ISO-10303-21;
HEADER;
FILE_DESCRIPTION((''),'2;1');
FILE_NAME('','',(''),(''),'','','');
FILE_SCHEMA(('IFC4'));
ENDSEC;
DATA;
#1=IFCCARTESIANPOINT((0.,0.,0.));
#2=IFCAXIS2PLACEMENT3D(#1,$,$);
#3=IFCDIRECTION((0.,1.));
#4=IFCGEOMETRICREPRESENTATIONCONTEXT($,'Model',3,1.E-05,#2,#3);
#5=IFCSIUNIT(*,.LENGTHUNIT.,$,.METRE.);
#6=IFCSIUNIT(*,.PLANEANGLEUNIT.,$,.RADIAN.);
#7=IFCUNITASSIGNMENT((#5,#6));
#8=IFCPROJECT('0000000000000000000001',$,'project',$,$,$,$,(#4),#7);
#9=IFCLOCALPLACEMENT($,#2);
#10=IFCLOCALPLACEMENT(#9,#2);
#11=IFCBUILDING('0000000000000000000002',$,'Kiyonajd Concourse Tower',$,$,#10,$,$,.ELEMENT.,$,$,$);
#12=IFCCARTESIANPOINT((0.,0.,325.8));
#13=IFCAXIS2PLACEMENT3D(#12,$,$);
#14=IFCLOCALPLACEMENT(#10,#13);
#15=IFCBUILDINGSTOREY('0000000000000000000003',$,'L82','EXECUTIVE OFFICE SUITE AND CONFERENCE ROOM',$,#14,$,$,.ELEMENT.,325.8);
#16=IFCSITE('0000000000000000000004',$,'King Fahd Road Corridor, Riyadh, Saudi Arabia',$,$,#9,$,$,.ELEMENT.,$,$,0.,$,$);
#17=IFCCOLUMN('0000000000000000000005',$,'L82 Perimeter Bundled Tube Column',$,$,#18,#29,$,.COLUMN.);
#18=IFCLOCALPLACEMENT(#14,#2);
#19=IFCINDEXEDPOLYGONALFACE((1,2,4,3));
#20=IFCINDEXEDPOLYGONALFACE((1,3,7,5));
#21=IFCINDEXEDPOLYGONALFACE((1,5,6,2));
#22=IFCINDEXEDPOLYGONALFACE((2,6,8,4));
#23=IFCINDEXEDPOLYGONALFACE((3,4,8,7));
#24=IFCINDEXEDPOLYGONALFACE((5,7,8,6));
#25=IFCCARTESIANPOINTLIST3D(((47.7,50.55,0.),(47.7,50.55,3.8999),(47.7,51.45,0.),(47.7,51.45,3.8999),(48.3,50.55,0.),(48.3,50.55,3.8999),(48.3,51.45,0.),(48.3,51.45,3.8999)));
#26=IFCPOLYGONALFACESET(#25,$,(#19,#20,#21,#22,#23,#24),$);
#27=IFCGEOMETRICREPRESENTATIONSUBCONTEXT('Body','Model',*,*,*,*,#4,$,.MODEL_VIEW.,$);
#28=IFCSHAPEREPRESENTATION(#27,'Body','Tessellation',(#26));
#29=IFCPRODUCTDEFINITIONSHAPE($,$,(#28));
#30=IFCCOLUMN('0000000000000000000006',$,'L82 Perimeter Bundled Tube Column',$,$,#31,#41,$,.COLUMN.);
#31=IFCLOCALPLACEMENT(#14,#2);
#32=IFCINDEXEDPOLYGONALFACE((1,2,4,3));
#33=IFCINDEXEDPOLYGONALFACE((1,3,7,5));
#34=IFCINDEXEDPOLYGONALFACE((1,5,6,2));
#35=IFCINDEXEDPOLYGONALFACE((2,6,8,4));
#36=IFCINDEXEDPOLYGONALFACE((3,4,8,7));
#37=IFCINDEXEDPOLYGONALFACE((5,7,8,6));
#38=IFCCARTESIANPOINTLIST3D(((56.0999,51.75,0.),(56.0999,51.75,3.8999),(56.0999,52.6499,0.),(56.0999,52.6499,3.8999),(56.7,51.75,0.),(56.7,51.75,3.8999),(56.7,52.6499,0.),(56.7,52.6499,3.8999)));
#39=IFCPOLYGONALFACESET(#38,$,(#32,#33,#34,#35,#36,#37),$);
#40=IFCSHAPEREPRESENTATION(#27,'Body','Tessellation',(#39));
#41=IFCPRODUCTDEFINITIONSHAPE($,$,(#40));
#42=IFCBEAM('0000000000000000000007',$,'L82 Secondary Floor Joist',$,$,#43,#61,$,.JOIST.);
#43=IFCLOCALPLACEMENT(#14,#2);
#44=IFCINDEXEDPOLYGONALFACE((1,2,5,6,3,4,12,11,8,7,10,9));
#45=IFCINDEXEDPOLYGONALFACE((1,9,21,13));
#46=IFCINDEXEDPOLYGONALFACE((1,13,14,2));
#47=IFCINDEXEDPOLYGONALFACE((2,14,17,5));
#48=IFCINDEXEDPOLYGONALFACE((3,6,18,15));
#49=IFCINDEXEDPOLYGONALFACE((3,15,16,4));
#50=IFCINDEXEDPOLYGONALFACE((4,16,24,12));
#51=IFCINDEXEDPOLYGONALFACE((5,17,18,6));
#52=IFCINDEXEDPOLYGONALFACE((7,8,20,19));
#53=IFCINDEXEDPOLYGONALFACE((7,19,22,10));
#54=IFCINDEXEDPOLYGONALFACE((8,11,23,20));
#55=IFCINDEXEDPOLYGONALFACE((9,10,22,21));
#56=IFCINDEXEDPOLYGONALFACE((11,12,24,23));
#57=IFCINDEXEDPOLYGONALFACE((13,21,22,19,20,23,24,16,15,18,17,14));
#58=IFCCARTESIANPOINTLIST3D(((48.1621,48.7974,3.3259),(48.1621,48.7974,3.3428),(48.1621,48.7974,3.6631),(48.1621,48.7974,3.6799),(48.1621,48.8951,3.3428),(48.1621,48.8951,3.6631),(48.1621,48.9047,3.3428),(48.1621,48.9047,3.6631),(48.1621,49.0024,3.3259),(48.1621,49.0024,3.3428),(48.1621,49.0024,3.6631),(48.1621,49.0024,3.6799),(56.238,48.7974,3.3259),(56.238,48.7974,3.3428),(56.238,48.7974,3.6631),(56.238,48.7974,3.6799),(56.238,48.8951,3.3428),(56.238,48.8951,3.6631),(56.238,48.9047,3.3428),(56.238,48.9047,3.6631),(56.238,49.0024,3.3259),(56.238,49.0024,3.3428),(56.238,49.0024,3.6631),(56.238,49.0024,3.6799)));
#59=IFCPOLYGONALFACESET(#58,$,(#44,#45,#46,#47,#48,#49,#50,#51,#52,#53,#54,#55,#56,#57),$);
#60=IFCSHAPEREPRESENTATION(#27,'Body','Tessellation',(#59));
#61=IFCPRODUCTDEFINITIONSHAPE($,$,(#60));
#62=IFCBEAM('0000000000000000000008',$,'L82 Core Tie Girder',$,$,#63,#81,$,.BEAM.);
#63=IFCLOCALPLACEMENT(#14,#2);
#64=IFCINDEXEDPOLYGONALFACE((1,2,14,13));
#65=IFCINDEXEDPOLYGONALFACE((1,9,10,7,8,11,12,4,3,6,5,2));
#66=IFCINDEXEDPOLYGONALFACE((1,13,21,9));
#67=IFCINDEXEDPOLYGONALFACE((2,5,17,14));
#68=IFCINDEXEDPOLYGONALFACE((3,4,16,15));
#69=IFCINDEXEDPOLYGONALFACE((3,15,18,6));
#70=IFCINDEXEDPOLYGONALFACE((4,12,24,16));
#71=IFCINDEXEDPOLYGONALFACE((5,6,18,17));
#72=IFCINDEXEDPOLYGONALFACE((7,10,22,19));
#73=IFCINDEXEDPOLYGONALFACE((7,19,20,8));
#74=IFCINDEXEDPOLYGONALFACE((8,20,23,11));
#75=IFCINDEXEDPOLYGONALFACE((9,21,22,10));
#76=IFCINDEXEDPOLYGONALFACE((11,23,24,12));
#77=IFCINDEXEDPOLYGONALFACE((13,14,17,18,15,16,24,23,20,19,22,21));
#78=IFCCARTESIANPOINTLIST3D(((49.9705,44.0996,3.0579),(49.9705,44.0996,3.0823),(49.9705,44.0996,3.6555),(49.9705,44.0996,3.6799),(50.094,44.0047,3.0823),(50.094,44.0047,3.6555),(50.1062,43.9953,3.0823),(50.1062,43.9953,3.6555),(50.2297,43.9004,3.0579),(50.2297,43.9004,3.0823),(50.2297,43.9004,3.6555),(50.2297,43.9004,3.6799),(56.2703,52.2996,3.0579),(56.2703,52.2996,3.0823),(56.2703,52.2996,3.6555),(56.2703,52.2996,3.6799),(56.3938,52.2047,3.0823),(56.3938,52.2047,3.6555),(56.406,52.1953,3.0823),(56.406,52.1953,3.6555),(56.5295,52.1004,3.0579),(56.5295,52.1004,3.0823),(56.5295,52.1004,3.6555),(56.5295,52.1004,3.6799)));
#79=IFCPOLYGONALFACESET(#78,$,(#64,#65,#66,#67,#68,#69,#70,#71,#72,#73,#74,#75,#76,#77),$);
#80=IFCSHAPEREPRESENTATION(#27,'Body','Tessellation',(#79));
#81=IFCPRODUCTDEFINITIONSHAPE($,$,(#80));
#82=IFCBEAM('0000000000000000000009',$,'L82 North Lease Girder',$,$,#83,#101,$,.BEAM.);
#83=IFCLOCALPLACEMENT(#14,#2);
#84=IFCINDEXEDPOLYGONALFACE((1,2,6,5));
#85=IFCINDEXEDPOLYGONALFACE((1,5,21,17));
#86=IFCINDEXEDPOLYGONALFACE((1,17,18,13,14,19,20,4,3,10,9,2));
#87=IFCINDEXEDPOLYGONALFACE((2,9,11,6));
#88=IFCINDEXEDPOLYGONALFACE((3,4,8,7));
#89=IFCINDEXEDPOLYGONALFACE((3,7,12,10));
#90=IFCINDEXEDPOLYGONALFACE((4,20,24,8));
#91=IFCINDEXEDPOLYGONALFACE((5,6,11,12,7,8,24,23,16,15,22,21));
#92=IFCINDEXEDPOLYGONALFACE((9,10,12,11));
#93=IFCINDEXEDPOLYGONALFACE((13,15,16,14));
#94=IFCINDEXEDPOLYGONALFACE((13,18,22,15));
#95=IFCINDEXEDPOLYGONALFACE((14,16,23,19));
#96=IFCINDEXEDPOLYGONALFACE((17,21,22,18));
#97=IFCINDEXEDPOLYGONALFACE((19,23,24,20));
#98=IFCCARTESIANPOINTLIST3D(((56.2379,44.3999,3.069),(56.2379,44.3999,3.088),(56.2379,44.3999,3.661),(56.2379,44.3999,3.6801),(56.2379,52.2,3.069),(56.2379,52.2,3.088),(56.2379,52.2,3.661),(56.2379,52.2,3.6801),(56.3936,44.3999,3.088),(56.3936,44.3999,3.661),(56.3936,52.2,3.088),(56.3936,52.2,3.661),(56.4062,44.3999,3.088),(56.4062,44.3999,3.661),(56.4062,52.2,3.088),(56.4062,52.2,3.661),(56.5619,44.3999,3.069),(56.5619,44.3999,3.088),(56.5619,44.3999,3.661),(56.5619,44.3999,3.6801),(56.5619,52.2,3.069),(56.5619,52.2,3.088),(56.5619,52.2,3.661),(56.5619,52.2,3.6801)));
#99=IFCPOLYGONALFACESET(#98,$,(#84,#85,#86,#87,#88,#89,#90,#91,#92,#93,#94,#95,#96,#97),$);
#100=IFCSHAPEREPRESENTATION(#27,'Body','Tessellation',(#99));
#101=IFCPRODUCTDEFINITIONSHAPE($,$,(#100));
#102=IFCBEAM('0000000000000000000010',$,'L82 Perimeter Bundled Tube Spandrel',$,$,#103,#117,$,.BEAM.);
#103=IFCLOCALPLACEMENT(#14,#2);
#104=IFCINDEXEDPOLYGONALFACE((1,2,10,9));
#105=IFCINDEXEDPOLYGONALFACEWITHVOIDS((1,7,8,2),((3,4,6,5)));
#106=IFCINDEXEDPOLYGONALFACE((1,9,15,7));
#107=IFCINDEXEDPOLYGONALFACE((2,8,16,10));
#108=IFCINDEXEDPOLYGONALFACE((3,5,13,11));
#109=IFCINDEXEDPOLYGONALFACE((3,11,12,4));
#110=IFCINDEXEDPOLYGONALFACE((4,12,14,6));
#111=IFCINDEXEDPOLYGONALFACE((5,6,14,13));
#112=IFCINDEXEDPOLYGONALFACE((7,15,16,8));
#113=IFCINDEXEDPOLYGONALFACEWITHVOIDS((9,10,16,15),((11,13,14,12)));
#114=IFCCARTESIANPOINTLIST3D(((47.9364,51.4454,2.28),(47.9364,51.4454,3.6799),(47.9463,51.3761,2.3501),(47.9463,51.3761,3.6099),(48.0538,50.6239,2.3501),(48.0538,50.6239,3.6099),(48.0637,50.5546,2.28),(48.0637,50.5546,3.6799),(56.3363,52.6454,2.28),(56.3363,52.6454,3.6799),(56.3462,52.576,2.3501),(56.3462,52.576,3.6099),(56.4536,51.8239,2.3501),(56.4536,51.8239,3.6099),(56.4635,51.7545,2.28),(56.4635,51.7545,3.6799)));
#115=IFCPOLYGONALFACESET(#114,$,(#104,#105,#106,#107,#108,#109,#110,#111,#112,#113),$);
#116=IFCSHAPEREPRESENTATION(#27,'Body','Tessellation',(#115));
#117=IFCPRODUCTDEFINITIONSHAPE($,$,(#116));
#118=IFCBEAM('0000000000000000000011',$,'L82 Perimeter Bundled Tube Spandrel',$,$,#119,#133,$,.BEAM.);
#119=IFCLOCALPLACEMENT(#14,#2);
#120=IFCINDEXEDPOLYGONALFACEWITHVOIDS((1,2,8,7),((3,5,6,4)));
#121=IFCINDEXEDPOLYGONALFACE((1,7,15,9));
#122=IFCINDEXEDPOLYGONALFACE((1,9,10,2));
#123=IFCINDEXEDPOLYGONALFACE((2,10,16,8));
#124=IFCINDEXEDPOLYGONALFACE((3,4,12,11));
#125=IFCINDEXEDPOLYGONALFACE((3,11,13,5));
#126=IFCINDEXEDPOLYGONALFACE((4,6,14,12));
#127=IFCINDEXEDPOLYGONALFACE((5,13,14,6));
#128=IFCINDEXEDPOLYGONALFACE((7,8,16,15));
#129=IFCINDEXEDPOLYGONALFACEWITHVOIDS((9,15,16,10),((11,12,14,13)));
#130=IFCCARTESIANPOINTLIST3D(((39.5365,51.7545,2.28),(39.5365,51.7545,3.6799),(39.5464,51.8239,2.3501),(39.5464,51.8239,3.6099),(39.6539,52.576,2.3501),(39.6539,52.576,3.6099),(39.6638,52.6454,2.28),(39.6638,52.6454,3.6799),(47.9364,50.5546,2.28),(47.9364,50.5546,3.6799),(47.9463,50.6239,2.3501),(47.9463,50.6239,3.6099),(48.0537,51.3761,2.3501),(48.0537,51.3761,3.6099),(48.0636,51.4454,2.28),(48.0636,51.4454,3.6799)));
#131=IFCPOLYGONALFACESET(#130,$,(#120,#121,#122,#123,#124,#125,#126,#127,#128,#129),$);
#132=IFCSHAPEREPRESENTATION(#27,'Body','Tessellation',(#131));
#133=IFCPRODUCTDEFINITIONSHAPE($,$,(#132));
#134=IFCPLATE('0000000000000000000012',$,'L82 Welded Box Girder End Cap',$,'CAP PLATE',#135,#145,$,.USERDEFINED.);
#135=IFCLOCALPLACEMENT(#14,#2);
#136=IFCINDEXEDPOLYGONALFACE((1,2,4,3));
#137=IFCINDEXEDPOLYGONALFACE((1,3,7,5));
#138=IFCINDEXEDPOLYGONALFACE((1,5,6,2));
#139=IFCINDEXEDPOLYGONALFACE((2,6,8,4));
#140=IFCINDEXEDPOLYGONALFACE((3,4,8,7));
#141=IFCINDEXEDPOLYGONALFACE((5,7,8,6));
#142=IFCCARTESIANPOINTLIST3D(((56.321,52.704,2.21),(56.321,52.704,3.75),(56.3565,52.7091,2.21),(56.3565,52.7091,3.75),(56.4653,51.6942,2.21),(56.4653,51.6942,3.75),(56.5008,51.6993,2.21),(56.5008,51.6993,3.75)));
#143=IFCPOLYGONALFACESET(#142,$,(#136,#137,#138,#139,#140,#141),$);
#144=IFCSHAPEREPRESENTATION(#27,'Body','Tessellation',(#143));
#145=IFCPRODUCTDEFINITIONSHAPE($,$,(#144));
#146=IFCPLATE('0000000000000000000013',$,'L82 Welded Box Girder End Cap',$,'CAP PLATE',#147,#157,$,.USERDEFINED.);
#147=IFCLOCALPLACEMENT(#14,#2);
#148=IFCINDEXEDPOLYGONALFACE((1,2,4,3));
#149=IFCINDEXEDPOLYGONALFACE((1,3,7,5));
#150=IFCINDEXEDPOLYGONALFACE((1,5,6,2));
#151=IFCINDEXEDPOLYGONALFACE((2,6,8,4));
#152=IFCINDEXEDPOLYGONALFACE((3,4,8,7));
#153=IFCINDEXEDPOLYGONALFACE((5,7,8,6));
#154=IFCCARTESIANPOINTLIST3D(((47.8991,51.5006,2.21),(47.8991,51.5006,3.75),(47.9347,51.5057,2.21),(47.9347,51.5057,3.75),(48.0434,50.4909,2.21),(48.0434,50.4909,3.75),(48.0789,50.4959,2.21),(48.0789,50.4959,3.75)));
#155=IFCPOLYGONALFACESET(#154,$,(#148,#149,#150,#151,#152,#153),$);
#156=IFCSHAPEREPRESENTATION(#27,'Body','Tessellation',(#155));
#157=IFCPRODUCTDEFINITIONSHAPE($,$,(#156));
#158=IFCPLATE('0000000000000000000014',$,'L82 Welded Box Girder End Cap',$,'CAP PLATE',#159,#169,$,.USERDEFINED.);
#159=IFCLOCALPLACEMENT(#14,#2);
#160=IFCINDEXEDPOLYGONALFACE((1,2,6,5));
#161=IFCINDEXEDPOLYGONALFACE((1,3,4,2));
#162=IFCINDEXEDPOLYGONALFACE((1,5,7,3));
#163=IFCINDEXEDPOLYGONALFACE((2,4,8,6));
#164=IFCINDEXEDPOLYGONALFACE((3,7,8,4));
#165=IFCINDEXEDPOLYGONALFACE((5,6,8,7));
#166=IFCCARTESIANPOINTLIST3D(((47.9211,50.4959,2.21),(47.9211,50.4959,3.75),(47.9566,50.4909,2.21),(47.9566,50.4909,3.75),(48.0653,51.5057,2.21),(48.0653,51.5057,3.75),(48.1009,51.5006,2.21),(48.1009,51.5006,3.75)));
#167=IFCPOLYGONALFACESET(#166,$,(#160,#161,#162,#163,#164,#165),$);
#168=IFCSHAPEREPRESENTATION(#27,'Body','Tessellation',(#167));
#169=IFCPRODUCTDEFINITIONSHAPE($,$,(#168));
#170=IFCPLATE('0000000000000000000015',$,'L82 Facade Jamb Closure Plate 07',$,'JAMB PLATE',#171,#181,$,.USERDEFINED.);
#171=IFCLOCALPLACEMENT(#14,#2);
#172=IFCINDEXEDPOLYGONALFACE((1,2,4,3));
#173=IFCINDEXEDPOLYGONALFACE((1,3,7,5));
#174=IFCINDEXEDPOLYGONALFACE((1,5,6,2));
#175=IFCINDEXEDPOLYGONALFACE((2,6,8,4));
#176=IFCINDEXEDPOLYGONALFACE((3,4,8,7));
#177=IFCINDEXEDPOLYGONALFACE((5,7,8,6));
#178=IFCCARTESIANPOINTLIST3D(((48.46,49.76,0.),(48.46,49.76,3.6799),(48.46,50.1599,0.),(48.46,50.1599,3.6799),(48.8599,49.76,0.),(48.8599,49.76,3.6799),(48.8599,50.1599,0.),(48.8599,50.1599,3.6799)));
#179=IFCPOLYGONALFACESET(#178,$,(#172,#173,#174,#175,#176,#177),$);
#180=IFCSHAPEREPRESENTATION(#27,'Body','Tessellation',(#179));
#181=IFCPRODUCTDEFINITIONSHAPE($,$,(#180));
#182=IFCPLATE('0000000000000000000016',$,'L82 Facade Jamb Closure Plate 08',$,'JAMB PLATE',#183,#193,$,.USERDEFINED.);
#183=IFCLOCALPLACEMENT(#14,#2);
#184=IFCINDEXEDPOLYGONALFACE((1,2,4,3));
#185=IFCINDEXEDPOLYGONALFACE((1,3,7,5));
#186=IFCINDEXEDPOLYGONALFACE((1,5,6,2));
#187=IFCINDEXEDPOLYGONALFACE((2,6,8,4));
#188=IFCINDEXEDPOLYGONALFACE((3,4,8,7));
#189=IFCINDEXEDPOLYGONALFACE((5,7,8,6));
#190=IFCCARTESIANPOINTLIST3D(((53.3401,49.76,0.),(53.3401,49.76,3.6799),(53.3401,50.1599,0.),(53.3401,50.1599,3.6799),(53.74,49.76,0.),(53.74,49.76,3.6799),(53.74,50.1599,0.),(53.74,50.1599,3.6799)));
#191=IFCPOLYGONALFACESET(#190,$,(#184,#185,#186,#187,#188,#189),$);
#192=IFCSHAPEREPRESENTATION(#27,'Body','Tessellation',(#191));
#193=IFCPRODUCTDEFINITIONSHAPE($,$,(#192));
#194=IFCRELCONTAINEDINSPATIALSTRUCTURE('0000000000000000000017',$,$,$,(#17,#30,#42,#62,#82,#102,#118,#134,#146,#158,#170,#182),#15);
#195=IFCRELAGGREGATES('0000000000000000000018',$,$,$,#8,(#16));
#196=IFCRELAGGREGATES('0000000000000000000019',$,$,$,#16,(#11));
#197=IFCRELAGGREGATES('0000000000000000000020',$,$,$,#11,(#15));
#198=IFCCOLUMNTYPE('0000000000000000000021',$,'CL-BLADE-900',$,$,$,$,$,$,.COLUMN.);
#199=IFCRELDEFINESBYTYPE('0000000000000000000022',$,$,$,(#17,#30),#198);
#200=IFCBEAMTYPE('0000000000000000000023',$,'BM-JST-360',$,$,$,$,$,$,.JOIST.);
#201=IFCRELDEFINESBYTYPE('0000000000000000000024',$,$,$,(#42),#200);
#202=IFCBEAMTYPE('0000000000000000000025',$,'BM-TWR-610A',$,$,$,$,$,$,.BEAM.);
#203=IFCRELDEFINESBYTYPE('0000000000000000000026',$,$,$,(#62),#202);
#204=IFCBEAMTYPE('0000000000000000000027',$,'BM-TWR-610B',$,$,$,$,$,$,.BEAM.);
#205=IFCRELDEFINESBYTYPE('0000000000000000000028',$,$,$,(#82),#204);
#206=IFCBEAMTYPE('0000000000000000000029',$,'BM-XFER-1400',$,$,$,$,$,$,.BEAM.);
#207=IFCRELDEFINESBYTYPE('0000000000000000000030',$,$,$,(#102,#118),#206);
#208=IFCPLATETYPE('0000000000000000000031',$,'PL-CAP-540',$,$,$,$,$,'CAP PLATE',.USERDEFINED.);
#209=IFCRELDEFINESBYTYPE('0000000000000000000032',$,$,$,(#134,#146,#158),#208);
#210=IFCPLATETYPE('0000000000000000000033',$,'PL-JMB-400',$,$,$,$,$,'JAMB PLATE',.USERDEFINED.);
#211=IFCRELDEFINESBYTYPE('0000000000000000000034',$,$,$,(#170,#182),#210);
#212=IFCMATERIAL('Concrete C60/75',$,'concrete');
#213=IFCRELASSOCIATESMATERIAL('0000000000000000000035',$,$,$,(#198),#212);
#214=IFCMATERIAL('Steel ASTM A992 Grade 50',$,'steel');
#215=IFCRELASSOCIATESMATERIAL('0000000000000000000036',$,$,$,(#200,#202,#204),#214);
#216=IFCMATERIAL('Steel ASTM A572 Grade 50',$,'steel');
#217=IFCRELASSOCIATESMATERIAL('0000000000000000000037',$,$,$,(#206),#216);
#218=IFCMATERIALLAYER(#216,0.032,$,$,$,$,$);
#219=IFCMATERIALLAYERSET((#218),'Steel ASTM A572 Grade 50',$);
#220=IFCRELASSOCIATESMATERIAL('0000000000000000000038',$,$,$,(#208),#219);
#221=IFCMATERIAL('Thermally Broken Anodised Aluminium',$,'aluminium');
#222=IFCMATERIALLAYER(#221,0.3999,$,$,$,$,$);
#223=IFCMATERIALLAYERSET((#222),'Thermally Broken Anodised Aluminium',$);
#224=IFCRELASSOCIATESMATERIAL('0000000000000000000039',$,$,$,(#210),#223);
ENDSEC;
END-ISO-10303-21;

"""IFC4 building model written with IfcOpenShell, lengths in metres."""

from ifc_helpers import new_model, si_unit, direction, frame, origin, origin_2d, place, context, subcontext, project, spatial, rectangle, hollow_rectangle, i_section, extrude, material, layer, layer_set, material_profile, profile_set, type_object, element, save


model = new_model("IFC4")

# Units and contexts
model_context = context("Model", 3, precision=1e-05, world=origin(), true_north=direction((0.0, 1.0)))
body_context = subcontext(model_context, "Body", "Model", "MODEL_VIEW")
ifc_project = project(units=[si_unit("LENGTHUNIT", "METRE"), si_unit("PLANEANGLEUNIT", "RADIAN")], contexts=[model_context])

# Site, building, storey
site_placement = place(None, origin())
site = spatial("IfcSite", under=ifc_project, at=site_placement, Name="King Fahd Road Corridor, Riyadh, Saudi Arabia", CompositionType="ELEMENT", RefElevation=0.0)
building_placement = place(site_placement, origin())
building = spatial("IfcBuilding", under=site, at=building_placement, Name="Kiyonajd Concourse Tower", CompositionType="ELEMENT")
storey_placement = place(building_placement, frame((0.0, 0.0, 325.8)))
storey = spatial("IfcBuildingStorey", under=building, at=storey_placement, Name="L82", Description="EXECUTIVE OFFICE SUITE AND CONFERENCE ROOM", CompositionType="ELEMENT", Elevation=325.8)

# Columns
ifc_material_1 = material(Name="Concrete C60/75", Category="concrete")
ifc_material_profile_1 = material_profile(ifc_material_1, rectangle(XDim=0.6001, YDim=0.8999, at=origin_2d()), Name="RC-900x600")
ifc_profile_set_1 = profile_set([ifc_material_profile_1], Name="Concrete C60/75")
column_type = type_object("IfcColumnType", Name="CL-BLADE-900", PredefinedType="COLUMN", material=ifc_profile_set_1)
for number, where, z_axis, x_axis, name in (
    (1, (48.0, 51.0, 0.0), (0.0, 0.0, 1.0), (1.0, 0.0, 0.0), "L82 Perimeter Bundled Tube Column"),
    (2, (56.3999, 52.2, 0.0), (0.0, 0.0, 1.0), (1.0, 0.0, 0.0), "L82 Perimeter Bundled Tube Column"),
):
    element("IfcColumn", number, at=place(storey_placement, frame(where, z_axis=z_axis, x_axis=x_axis)), inside=storey, type_object=column_type, Name=name, PredefinedType="COLUMN", context=body_context, shape_type="SweptSolid", body=[
        extrude(rectangle(XDim=0.6001, YDim=0.8999, at=origin_2d()), origin(), (0.0, 0.0, 1.0), 3.8999),
    ])

# Beams
ifc_material_2 = material(Name="Steel ASTM A992 Grade 50", Category="steel")
ifc_material_profile_2 = material_profile(ifc_material_2, i_section(OverallWidth=0.2051, OverallDepth=0.354, WebThickness=0.0095, FlangeThickness=0.0168, at=origin_2d()), Name="W360X79")
ifc_profile_set_2 = profile_set([ifc_material_profile_2], Name="Steel ASTM A992 Grade 50")
beam_type_1 = type_object("IfcBeamType", Name="BM-JST-360", PredefinedType="JOIST", material=ifc_profile_set_2)
beam_1_placement = place(storey_placement, frame((48.1621, 48.8999, 3.5029), z_axis=(1.0, 0.0, 0.0), x_axis=(0.0, 1.0, 0.0)))
element("IfcBeam", 3, at=beam_1_placement, inside=storey, type_object=beam_type_1, Name="L82 Secondary Floor Joist", PredefinedType="JOIST", context=body_context, shape_type="SweptSolid", body=[
    extrude(i_section(OverallWidth=0.2051, OverallDepth=0.354, WebThickness=0.0095, FlangeThickness=0.0168, at=origin_2d()), origin(), (0.0, 0.0, 1.0), 8.0759),
])
ifc_material_profile_3 = material_profile(ifc_material_2, i_section(OverallWidth=0.3269, OverallDepth=0.6221, WebThickness=0.0154, FlangeThickness=0.0244, at=origin_2d()), Name="W610X195")
ifc_profile_set_3 = profile_set([ifc_material_profile_3], Name="Steel ASTM A992 Grade 50")
beam_type_2 = type_object("IfcBeamType", Name="BM-TWR-610A", PredefinedType="BEAM", material=ifc_profile_set_3)
beam_2_placement = place(storey_placement, frame((50.1001, 44.0, 3.3689), z_axis=(0.609234, 0.792991, 0.0), x_axis=(-0.792991, 0.609234, 0.0)))
element("IfcBeam", 4, at=beam_2_placement, inside=storey, type_object=beam_type_2, Name="L82 Core Tie Girder", PredefinedType="BEAM", context=body_context, shape_type="SweptSolid", body=[
    extrude(i_section(OverallWidth=0.3269, OverallDepth=0.6221, WebThickness=0.0154, FlangeThickness=0.0244, at=origin_2d()), origin(), (0.0, 0.0, 1.0), 10.3406),
])
ifc_material_profile_4 = material_profile(ifc_material_2, i_section(OverallWidth=0.324, OverallDepth=0.6111, WebThickness=0.0127, FlangeThickness=0.019, at=origin_2d()), Name="W610X155")
ifc_profile_set_4 = profile_set([ifc_material_profile_4], Name="Steel ASTM A992 Grade 50")
beam_type_3 = type_object("IfcBeamType", Name="BM-TWR-610B", PredefinedType="BEAM", material=ifc_profile_set_4)
beam_3_placement = place(storey_placement, frame((56.3999, 44.3999, 3.3745), z_axis=(0.0, 1.0, 0.0), x_axis=(-1.0, 0.0, 0.0)))
element("IfcBeam", 5, at=beam_3_placement, inside=storey, type_object=beam_type_3, Name="L82 North Lease Girder", PredefinedType="BEAM", context=body_context, shape_type="SweptSolid", body=[
    extrude(i_section(OverallWidth=0.324, OverallDepth=0.6111, WebThickness=0.0127, FlangeThickness=0.019, at=origin_2d()), origin(), (0.0, 0.0, 1.0), 7.8),
])
ifc_material_3 = material(Name="Steel ASTM A572 Grade 50", Category="steel")
ifc_material_profile_5 = material_profile(ifc_material_3, hollow_rectangle(XDim=0.8999, YDim=1.3999, WallThickness=0.0701, at=origin_2d()), Name="BOX-1400x900x70")
ifc_profile_set_5 = profile_set([ifc_material_profile_5], Name="Steel ASTM A572 Grade 50")
beam_type_4 = type_object("IfcBeamType", Name="BM-XFER-1400", PredefinedType="BEAM", material=ifc_profile_set_5)
for number, where, z_axis, x_axis, name in (
    (6, (56.3999, 52.2, 2.98), (-0.98995, -0.141417, 0.0), (0.141417, -0.98995, 0.0), "L82 Perimeter Bundled Tube Spandrel"),
    (7, (48.0, 51.0, 2.98), (-0.98995, 0.141417, 0.0), (-0.141417, -0.98995, 0.0), "L82 Perimeter Bundled Tube Spandrel"),
):
    element("IfcBeam", number, at=place(storey_placement, frame(where, z_axis=z_axis, x_axis=x_axis)), inside=storey, type_object=beam_type_4, Name=name, PredefinedType="BEAM", context=body_context, shape_type="SweptSolid", body=[
        extrude(hollow_rectangle(XDim=0.8999, YDim=1.3999, WallThickness=0.0701, at=origin_2d()), origin(), (0.0, 0.0, 1.0), 8.4851),
    ])

# Plates
ifc_layer_1 = layer(ifc_material_3, 0.032)
ifc_layer_set_1 = layer_set([ifc_layer_1], Name="Steel ASTM A572 Grade 50")
plate_type_1 = type_object("IfcPlateType", Name="PL-CAP-540", ElementType="CAP PLATE", PredefinedType="USERDEFINED", material=ifc_layer_set_1)
for number, where, z_axis, x_axis, name in (
    (8, (56.4109, 52.2017, 2.21), (0.0, 0.0, 1.0), (0.98995, 0.14142, 0.0), "L82 Welded Box Girder End Cap"),
    (9, (47.989, 50.9983, 2.21), (0.0, 0.0, 1.0), (-0.98995, -0.14142, 0.0), "L82 Welded Box Girder End Cap"),
    (10, (48.011, 50.9983, 2.21), (0.0, 0.0, 1.0), (0.98995, -0.14142, 0.0), "L82 Welded Box Girder End Cap"),
):
    element("IfcPlate", number, at=place(storey_placement, frame(where, z_axis=z_axis, x_axis=x_axis)), inside=storey, type_object=plate_type_1, Name=name, ObjectType="CAP PLATE", PredefinedType="USERDEFINED", context=body_context, shape_type="SweptSolid", body=[
        extrude(rectangle(XDim=0.0359, YDim=1.02, at=origin_2d()), origin(), (0.0, 0.0, 1.0), 1.54),
    ])
ifc_material_4 = material(Name="Thermally Broken Anodised Aluminium", Category="aluminium")
ifc_layer_2 = layer(ifc_material_4, 0.3999)
ifc_layer_set_2 = layer_set([ifc_layer_2], Name="Thermally Broken Anodised Aluminium")
plate_type_2 = type_object("IfcPlateType", Name="PL-JMB-400", ElementType="JAMB PLATE", PredefinedType="USERDEFINED", material=ifc_layer_set_2)
for number, where, z_axis, x_axis, name in (
    (11, (48.6599, 49.96, 0.0), (0.0, 0.0, 1.0), (1.0, 0.0, 0.0), "L82 Facade Jamb Closure Plate 07"),
    (12, (53.54, 49.96, 0.0), (0.0, 0.0, 1.0), (1.0, 0.0, 0.0), "L82 Facade Jamb Closure Plate 08"),
):
    element("IfcPlate", number, at=place(storey_placement, frame(where, z_axis=z_axis, x_axis=x_axis)), inside=storey, type_object=plate_type_2, Name=name, ObjectType="JAMB PLATE", PredefinedType="USERDEFINED", context=body_context, shape_type="SweptSolid", body=[
        extrude(rectangle(XDim=0.3999, YDim=0.3999, at=origin_2d()), origin(), (0.0, 0.0, 1.0), 3.6799),
    ])

save(model, "model.ifc")
